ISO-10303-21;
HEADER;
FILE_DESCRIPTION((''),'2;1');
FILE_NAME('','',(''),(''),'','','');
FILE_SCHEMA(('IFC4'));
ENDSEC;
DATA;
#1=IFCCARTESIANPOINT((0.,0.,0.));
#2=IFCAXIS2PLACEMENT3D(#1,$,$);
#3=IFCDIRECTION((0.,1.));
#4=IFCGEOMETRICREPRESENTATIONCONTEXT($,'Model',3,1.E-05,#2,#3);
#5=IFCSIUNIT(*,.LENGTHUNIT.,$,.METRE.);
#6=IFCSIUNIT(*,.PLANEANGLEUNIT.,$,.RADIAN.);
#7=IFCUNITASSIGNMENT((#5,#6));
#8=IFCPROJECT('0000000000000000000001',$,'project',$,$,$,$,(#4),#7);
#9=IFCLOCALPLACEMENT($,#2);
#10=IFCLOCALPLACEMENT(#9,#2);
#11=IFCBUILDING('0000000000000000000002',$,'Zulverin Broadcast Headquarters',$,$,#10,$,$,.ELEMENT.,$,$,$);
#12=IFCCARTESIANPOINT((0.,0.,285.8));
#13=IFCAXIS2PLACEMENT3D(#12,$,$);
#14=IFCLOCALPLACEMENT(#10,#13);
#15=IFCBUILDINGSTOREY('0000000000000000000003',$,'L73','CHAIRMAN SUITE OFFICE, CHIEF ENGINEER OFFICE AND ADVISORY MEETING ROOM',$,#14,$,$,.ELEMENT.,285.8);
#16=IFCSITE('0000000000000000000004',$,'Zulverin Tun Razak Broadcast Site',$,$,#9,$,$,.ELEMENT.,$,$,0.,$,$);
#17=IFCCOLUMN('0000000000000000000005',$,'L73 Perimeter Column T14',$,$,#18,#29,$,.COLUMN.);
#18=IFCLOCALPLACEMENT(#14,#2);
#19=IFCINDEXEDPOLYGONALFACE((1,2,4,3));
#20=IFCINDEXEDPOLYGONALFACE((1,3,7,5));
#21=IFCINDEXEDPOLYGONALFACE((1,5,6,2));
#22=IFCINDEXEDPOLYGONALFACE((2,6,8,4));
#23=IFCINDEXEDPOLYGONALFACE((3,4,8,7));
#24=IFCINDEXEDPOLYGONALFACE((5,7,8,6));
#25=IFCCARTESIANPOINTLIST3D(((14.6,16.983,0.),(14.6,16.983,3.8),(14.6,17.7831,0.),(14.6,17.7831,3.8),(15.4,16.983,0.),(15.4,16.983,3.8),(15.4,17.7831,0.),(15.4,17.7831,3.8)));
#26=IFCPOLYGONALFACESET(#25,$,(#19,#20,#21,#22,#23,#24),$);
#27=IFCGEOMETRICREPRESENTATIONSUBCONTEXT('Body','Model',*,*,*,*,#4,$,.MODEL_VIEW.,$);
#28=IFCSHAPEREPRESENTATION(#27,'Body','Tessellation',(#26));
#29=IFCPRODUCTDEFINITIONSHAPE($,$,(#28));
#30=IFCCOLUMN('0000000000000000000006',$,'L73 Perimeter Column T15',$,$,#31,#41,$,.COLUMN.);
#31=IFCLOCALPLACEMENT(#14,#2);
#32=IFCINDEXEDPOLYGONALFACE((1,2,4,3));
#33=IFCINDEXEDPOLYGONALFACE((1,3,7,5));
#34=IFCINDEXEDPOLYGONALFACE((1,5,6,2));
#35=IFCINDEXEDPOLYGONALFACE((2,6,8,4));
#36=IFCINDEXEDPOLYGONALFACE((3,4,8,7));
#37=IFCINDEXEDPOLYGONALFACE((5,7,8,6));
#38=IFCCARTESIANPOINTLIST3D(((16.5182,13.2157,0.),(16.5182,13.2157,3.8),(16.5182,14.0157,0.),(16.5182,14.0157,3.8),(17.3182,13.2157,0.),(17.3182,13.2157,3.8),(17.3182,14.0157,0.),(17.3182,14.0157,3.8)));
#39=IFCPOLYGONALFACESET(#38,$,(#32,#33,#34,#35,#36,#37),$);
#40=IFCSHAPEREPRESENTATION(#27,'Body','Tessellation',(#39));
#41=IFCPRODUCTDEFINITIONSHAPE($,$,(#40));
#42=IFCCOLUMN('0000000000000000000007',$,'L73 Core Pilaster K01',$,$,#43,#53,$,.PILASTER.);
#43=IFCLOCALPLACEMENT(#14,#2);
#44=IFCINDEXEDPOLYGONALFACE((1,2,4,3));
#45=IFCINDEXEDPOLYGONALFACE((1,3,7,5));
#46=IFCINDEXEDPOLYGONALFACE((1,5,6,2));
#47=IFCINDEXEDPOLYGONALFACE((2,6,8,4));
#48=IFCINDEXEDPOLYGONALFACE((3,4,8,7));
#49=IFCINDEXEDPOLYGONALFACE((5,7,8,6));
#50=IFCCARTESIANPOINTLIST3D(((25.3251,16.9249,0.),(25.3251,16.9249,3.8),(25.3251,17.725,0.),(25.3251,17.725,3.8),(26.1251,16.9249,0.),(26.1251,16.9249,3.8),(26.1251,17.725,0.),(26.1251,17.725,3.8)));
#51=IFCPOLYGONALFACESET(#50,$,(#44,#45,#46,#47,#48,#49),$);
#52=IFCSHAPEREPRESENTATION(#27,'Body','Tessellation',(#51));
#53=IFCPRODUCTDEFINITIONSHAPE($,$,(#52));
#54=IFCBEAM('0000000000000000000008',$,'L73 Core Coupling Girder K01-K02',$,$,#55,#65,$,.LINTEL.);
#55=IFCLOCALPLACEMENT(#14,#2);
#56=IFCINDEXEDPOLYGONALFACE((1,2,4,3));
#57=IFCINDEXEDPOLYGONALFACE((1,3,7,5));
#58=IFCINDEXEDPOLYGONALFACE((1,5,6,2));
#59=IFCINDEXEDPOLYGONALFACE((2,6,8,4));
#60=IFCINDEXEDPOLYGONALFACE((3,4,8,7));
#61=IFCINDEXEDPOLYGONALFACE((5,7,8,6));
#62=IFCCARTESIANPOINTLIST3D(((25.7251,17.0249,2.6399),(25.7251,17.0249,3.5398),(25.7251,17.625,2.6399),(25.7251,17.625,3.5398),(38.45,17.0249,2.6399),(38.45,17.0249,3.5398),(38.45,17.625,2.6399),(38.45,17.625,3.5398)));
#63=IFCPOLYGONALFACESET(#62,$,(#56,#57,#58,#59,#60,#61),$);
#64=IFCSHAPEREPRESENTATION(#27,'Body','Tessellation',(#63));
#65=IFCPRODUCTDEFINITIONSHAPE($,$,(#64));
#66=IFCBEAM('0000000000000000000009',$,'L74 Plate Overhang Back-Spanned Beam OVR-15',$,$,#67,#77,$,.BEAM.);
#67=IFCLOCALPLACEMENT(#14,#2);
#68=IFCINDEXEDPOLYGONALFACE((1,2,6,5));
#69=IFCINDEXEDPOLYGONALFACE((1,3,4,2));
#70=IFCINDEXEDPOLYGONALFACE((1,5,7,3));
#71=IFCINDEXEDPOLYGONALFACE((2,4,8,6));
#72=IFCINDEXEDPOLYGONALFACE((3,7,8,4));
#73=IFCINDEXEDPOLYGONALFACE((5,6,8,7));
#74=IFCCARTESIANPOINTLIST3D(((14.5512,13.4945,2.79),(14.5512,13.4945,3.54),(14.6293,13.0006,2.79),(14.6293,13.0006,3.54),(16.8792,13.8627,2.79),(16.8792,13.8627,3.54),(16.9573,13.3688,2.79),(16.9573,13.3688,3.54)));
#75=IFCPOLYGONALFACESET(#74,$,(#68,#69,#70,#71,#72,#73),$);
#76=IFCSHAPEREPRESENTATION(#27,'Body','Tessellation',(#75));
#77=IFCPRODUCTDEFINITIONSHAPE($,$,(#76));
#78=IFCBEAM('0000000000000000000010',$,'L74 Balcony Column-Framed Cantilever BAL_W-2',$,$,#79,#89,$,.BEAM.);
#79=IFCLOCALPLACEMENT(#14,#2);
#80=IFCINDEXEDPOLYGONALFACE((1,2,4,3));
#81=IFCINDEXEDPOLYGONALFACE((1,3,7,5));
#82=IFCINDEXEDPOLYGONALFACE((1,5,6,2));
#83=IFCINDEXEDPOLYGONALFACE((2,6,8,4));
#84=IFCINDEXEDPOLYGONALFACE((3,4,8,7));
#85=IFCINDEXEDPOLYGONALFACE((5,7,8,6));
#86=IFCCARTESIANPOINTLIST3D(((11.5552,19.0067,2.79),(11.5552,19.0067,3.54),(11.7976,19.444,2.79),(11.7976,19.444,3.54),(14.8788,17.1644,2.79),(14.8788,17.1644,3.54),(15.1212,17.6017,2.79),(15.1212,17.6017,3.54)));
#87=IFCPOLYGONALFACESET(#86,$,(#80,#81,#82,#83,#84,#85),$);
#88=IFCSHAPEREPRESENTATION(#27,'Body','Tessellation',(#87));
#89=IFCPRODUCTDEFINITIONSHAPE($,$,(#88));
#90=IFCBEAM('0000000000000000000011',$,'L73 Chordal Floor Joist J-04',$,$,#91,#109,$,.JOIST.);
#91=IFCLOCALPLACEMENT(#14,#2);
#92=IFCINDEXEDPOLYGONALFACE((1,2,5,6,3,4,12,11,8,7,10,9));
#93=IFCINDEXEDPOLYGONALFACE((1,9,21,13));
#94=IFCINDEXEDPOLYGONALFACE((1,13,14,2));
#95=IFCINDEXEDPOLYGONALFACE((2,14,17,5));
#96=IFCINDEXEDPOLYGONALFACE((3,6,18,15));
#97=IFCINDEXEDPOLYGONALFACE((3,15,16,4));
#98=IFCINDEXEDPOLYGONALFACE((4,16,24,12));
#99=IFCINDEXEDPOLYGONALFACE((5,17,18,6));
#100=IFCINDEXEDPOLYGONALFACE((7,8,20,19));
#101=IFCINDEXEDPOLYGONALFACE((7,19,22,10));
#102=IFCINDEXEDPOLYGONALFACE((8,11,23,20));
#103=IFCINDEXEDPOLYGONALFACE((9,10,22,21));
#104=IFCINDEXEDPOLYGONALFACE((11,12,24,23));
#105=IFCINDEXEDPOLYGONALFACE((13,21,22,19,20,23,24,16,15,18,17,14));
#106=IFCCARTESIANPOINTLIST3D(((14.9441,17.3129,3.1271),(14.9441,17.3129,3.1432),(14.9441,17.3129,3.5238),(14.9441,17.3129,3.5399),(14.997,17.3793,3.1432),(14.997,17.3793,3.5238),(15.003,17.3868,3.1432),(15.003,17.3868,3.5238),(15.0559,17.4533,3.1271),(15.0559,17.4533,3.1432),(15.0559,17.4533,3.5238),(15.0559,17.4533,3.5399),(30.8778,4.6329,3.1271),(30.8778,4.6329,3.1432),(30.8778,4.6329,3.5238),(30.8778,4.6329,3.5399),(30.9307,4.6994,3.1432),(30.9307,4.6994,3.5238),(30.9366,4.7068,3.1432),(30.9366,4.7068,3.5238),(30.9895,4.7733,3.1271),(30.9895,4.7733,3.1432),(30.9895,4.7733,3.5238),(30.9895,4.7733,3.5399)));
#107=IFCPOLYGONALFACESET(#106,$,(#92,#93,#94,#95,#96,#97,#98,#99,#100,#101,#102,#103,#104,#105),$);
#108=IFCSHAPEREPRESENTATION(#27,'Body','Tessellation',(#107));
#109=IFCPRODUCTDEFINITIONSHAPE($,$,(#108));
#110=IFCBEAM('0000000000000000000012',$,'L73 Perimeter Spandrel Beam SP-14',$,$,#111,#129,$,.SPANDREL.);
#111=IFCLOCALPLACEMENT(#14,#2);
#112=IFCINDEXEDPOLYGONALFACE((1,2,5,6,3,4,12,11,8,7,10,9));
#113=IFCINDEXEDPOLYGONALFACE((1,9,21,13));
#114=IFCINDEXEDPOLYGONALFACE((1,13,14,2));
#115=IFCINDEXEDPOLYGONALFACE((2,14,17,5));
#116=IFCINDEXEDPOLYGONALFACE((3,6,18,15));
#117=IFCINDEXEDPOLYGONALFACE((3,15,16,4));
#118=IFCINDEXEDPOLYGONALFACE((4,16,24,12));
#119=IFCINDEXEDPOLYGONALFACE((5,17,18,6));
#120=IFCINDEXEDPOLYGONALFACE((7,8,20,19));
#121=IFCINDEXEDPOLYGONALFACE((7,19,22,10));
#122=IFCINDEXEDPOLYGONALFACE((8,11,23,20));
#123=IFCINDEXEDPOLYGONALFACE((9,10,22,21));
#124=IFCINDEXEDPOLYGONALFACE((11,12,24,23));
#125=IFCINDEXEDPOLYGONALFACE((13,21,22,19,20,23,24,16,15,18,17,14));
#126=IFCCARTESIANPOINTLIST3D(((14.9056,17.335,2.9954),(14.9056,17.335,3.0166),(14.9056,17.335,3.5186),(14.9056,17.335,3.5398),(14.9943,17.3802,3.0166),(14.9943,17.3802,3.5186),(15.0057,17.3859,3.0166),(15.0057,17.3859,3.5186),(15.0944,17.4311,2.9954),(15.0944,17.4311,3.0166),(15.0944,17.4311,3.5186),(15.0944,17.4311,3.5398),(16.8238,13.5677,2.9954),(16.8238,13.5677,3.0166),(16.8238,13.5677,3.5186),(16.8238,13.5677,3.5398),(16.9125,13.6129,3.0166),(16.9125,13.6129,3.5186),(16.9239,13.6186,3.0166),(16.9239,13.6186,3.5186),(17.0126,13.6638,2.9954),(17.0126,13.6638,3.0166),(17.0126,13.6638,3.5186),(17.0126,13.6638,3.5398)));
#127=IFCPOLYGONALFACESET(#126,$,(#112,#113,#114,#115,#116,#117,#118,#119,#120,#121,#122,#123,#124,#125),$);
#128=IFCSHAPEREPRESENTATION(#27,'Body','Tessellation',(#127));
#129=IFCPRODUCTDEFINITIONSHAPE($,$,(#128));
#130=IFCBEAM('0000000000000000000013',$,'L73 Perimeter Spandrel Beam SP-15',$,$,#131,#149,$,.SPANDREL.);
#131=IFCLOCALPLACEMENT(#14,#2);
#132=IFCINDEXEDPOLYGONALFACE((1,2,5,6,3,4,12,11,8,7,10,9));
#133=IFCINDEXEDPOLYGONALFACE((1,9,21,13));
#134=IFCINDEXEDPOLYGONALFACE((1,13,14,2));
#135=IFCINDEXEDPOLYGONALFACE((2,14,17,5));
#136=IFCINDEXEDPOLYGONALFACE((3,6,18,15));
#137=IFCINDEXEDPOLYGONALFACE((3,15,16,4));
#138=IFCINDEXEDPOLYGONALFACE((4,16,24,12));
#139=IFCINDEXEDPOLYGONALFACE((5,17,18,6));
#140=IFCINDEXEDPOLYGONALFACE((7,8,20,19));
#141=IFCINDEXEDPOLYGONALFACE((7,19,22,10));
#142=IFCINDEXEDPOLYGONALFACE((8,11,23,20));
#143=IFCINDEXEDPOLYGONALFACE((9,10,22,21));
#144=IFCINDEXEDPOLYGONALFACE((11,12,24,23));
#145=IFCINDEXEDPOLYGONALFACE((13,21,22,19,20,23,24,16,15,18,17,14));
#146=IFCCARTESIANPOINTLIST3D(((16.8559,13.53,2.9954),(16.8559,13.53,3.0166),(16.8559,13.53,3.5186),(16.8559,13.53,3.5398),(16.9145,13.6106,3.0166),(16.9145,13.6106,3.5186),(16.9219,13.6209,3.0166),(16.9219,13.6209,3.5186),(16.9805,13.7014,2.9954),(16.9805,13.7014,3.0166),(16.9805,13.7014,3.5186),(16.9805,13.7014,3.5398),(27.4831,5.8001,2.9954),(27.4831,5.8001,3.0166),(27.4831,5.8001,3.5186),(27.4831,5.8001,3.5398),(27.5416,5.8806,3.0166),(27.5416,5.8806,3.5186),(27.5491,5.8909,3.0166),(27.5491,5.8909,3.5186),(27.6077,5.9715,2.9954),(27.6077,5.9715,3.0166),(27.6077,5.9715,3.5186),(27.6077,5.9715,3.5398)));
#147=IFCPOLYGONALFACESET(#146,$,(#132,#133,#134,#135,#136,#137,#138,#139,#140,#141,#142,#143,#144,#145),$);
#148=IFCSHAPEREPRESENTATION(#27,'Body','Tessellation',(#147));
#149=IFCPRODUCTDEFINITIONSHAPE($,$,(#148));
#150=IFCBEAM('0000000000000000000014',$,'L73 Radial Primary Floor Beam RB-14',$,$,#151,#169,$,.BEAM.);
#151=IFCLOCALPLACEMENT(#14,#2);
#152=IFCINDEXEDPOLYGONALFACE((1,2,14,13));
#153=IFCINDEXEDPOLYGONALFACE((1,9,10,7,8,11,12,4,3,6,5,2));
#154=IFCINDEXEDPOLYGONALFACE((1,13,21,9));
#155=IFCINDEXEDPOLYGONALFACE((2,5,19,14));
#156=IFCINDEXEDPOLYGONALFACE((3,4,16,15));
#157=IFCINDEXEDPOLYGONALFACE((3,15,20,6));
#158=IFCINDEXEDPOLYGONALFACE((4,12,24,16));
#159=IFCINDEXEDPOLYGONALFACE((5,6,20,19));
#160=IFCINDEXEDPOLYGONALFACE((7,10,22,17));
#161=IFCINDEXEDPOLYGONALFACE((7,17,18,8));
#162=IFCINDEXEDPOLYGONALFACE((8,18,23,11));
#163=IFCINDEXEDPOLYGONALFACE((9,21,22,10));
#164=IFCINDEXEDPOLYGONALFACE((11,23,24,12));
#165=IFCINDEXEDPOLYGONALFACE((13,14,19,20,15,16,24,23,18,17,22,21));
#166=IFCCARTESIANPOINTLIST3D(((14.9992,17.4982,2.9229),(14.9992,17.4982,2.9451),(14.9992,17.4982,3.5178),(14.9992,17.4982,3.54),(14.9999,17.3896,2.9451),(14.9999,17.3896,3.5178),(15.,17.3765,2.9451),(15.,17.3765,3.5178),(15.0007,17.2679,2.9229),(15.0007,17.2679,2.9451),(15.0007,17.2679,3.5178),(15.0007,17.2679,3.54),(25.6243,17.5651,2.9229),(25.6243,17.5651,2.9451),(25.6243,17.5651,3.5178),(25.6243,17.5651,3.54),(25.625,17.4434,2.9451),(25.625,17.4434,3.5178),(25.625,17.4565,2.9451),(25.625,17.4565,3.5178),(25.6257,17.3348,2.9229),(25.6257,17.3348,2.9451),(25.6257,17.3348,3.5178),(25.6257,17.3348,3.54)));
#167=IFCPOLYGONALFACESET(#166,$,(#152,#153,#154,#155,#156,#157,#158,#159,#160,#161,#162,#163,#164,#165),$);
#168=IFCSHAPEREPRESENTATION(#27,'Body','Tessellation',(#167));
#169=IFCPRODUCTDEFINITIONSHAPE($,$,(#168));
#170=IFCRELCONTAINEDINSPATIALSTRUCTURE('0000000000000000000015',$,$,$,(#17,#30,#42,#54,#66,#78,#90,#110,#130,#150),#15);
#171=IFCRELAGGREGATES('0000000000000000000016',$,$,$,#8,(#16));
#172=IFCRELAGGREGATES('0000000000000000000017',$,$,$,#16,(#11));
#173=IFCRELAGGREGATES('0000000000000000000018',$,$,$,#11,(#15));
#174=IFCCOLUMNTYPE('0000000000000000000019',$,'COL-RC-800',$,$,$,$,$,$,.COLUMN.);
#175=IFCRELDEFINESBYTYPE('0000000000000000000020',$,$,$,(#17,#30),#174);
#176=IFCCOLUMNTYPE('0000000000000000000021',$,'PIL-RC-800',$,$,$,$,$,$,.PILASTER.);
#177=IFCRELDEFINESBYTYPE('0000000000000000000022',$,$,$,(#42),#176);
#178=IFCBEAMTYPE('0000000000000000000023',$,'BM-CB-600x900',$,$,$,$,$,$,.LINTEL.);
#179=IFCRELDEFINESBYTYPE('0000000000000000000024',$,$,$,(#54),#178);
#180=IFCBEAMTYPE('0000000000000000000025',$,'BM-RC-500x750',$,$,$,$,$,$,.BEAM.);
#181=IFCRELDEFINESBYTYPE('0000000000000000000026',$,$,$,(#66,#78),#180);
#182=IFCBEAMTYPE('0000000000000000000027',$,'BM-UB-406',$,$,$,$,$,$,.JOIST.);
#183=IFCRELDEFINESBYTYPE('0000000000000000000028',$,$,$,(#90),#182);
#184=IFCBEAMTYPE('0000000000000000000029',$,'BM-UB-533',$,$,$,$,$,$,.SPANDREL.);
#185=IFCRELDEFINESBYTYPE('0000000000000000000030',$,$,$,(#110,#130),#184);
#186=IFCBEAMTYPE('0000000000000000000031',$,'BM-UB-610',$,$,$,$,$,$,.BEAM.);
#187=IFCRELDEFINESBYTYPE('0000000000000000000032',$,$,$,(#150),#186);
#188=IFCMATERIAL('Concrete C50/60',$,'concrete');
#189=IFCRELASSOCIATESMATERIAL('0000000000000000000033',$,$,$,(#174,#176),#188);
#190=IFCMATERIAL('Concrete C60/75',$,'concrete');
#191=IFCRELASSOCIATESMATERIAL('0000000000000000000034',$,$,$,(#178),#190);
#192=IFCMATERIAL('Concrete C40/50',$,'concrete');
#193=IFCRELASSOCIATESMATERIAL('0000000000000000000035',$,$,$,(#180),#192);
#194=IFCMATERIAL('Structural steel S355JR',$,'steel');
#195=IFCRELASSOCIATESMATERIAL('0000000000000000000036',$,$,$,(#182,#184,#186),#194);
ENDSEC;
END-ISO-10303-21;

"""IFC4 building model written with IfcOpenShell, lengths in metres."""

from ifc_helpers import new_model, si_unit, direction, frame, origin, origin_2d, place, context, subcontext, project, spatial, rectangle, i_section, extrude, material, material_profile, profile_set, type_object, element, save


model = new_model("IFC4")

# Units and contexts
model_context = context("Model", 3, precision=1e-05, world=origin(), true_north=direction((0.0, 1.0)))
body_context = subcontext(model_context, "Body", "Model", "MODEL_VIEW")
ifc_project = project(units=[si_unit("LENGTHUNIT", "METRE"), si_unit("PLANEANGLEUNIT", "RADIAN")], contexts=[model_context])

# Site, building, storey
site_placement = place(None, origin())
site = spatial("IfcSite", under=ifc_project, at=site_placement, Name="Zulverin Tun Razak Broadcast Site", CompositionType="ELEMENT", RefElevation=0.0)
building_placement = place(site_placement, origin())
building = spatial("IfcBuilding", under=site, at=building_placement, Name="Zulverin Broadcast Headquarters", CompositionType="ELEMENT")
storey_placement = place(building_placement, frame((0.0, 0.0, 285.8)))
storey = spatial("IfcBuildingStorey", under=building, at=storey_placement, Name="L73", Description="CHAIRMAN SUITE OFFICE, CHIEF ENGINEER OFFICE AND ADVISORY MEETING ROOM", CompositionType="ELEMENT", Elevation=285.8)

# Columns
ifc_material_1 = material(Name="Concrete C50/60", Category="concrete")
ifc_material_profile_1 = material_profile(ifc_material_1, rectangle(XDim=0.8, YDim=0.8, at=origin_2d()), Name="Concrete C50/60", Category="concrete")
ifc_profile_set_1 = profile_set([ifc_material_profile_1], Name="Concrete C50/60")
column_type_1 = type_object("IfcColumnType", Name="COL-RC-800", PredefinedType="COLUMN", material=ifc_profile_set_1)
for number, where, z_axis, x_axis, name in (
    (1, (15.0, 17.3831, 0.0), (0.0, 0.0, 1.0), (1.0, 0.0, 0.0), "L73 Perimeter Column T14"),
    (2, (16.9182, 13.6157, 0.0), (0.0, 0.0, 1.0), (1.0, 0.0, 0.0), "L73 Perimeter Column T15"),
):
    element("IfcColumn", number, at=place(storey_placement, frame(where, z_axis=z_axis, x_axis=x_axis)), inside=storey, type_object=column_type_1, Name=name, PredefinedType="COLUMN", context=body_context, shape_type="SweptSolid", body=[
        extrude(rectangle(XDim=0.8, YDim=0.8, at=origin_2d()), origin(), (0.0, 0.0, 1.0), 3.8),
    ])
ifc_material_profile_2 = material_profile(ifc_material_1, rectangle(XDim=0.8, YDim=0.8, at=origin_2d()), Name="Concrete C50/60", Category="concrete")
ifc_profile_set_2 = profile_set([ifc_material_profile_2], Name="Concrete C50/60")
column_type_2 = type_object("IfcColumnType", Name="PIL-RC-800", PredefinedType="PILASTER", material=ifc_profile_set_2)
column_placement = place(storey_placement, frame((25.7251, 17.325, 0.0), z_axis=(0.0, 0.0, 1.0), x_axis=(1.0, 0.0, 0.0)))
element("IfcColumn", 3, at=column_placement, inside=storey, type_object=column_type_2, Name="L73 Core Pilaster K01", PredefinedType="PILASTER", context=body_context, shape_type="SweptSolid", body=[
    extrude(rectangle(XDim=0.8, YDim=0.8, at=origin_2d()), origin(), (0.0, 0.0, 1.0), 3.8),
])

# Beams
ifc_material_2 = material(Name="Concrete C60/75", Category="concrete")
ifc_material_profile_3 = material_profile(ifc_material_2, rectangle(XDim=0.6001, YDim=0.8999, at=origin_2d()), Name="Concrete C60/75", Category="concrete")
ifc_profile_set_3 = profile_set([ifc_material_profile_3], Name="Concrete C60/75")
beam_type_1 = type_object("IfcBeamType", Name="BM-CB-600x900", PredefinedType="LINTEL", material=ifc_profile_set_3)
beam_1_placement = place(storey_placement, frame((25.7251, 17.325, 3.0898), z_axis=(1.0, 0.0, 0.0), x_axis=(0.0, 1.0, 0.0)))
element("IfcBeam", 4, at=beam_1_placement, inside=storey, type_object=beam_type_1, Name="L73 Core Coupling Girder K01-K02", PredefinedType="LINTEL", context=body_context, shape_type="SweptSolid", body=[
    extrude(rectangle(XDim=0.6001, YDim=0.8999, at=origin_2d()), origin(), (0.0, 0.0, 1.0), 12.7249),
])
ifc_material_3 = material(Name="Concrete C40/50", Category="concrete")
ifc_material_profile_4 = material_profile(ifc_material_3, rectangle(XDim=0.5, YDim=0.75, at=origin_2d()), Name="Concrete C40/50", Category="concrete")
ifc_profile_set_4 = profile_set([ifc_material_profile_4], Name="Concrete C40/50")
beam_type_2 = type_object("IfcBeamType", Name="BM-RC-500x750", PredefinedType="BEAM", material=ifc_profile_set_4)
beam_2_placement = place(storey_placement, frame((16.9182, 13.6157, 3.165), z_axis=(-0.987723, -0.156213, 0.0), x_axis=(0.156213, -0.987723, 0.0)))
element("IfcBeam", 5, at=beam_2_placement, inside=storey, type_object=beam_type_2, Name="L74 Plate Overhang Back-Spanned Beam OVR-15", PredefinedType="BEAM", context=body_context, shape_type="SweptSolid", body=[
    extrude(rectangle(XDim=0.5, YDim=0.75, at=origin_2d()), origin(), (0.0, 0.0, 1.0), 2.3569),
])
beam_3_placement = place(storey_placement, frame((15.0, 17.3831, 3.165), z_axis=(-0.874615, 0.484819, 0.0), x_axis=(-0.484819, -0.874615, 0.0)))
element("IfcBeam", 6, at=beam_3_placement, inside=storey, type_object=beam_type_2, Name="L74 Balcony Column-Framed Cantilever BAL_W-2", PredefinedType="BEAM", context=body_context, shape_type="SweptSolid", body=[
    extrude(rectangle(XDim=0.5, YDim=0.75, at=origin_2d()), origin(), (0.0, 0.0, 1.0), 3.8),
])
ifc_material_4 = material(Name="Structural steel S355JR", Category="steel")
ifc_material_profile_5 = material_profile(ifc_material_4, i_section(OverallWidth=0.1794, OverallDepth=0.4128, WebThickness=0.0095, FlangeThickness=0.0161, at=origin_2d()), Name="Structural steel S355JR", Category="steel")
ifc_profile_set_5 = profile_set([ifc_material_profile_5], Name="Structural steel S355JR")
beam_type_3 = type_object("IfcBeamType", Name="BM-UB-406", PredefinedType="JOIST", material=ifc_profile_set_5)
beam_4_placement = place(storey_placement, frame((15.0, 17.3831, 3.3335), z_axis=(0.78247, -0.622688, 0.0), x_axis=(0.622688, 0.78247, 0.0)))
element("IfcBeam", 7, at=beam_4_placement, inside=storey, type_object=beam_type_3, Name="L73 Chordal Floor Joist J-04", PredefinedType="JOIST", context=body_context, shape_type="SweptSolid", body=[
    extrude(i_section(OverallWidth=0.1794, OverallDepth=0.4128, WebThickness=0.0095, FlangeThickness=0.0161, at=origin_2d()), origin(), (0.0, 0.0, 1.0), 20.3633),
])
ifc_material_profile_6 = material_profile(ifc_material_4, i_section(OverallWidth=0.2119, OverallDepth=0.5444, WebThickness=0.0127, FlangeThickness=0.0212, at=origin_2d()), Name="Structural steel S355JR", Category="steel")
ifc_profile_set_6 = profile_set([ifc_material_profile_6], Name="Structural steel S355JR")
beam_type_4 = type_object("IfcBeamType", Name="BM-UB-533", PredefinedType="SPANDREL", material=ifc_profile_set_6)
beam_5_placement = place(storey_placement, frame((15.0, 17.3831, 3.2676), z_axis=(0.453739, -0.891135, 0.0), x_axis=(0.891135, 0.453739, 0.0)))
element("IfcBeam", 8, at=beam_5_placement, inside=storey, type_object=beam_type_4, Name="L73 Perimeter Spandrel Beam SP-14", PredefinedType="SPANDREL", context=body_context, shape_type="SweptSolid", body=[
    extrude(i_section(OverallWidth=0.2119, OverallDepth=0.5444, WebThickness=0.0127, FlangeThickness=0.0212, at=origin_2d()), origin(), (0.0, 0.0, 1.0), 4.2275),
])
beam_6_placement = place(storey_placement, frame((16.9182, 13.6157, 3.2676), z_axis=(0.808696, -0.588227, 0.0), x_axis=(0.588227, 0.808696, 0.0)))
element("IfcBeam", 9, at=beam_6_placement, inside=storey, type_object=beam_type_4, Name="L73 Perimeter Spandrel Beam SP-15", PredefinedType="SPANDREL", context=body_context, shape_type="SweptSolid", body=[
    extrude(i_section(OverallWidth=0.2119, OverallDepth=0.5444, WebThickness=0.0127, FlangeThickness=0.0212, at=origin_2d()), origin(), (0.0, 0.0, 1.0), 13.1411),
])
ifc_material_profile_7 = material_profile(ifc_material_4, i_section(OverallWidth=0.2302, OverallDepth=0.6172, WebThickness=0.0132, FlangeThickness=0.0222, at=origin_2d()), Name="Structural steel S355JR", Category="steel")
ifc_profile_set_7 = profile_set([ifc_material_profile_7], Name="Structural steel S355JR")
beam_type_5 = type_object("IfcBeamType", Name="BM-UB-610", PredefinedType="BEAM", material=ifc_profile_set_7)
beam_7_placement = place(storey_placement, frame((25.625, 17.45, 3.2314), z_axis=(-0.99998, -0.006296, 0.0), x_axis=(0.006296, -0.99998, 0.0)))
element("IfcBeam", 10, at=beam_7_placement, inside=storey, type_object=beam_type_5, Name="L73 Radial Primary Floor Beam RB-14", PredefinedType="BEAM", context=body_context, shape_type="SweptSolid", body=[
    extrude(i_section(OverallWidth=0.2302, OverallDepth=0.6172, WebThickness=0.0132, FlangeThickness=0.0222, at=origin_2d()), origin(), (0.0, 0.0, 1.0), 10.6252),
])

save(model, "model.ifc")
